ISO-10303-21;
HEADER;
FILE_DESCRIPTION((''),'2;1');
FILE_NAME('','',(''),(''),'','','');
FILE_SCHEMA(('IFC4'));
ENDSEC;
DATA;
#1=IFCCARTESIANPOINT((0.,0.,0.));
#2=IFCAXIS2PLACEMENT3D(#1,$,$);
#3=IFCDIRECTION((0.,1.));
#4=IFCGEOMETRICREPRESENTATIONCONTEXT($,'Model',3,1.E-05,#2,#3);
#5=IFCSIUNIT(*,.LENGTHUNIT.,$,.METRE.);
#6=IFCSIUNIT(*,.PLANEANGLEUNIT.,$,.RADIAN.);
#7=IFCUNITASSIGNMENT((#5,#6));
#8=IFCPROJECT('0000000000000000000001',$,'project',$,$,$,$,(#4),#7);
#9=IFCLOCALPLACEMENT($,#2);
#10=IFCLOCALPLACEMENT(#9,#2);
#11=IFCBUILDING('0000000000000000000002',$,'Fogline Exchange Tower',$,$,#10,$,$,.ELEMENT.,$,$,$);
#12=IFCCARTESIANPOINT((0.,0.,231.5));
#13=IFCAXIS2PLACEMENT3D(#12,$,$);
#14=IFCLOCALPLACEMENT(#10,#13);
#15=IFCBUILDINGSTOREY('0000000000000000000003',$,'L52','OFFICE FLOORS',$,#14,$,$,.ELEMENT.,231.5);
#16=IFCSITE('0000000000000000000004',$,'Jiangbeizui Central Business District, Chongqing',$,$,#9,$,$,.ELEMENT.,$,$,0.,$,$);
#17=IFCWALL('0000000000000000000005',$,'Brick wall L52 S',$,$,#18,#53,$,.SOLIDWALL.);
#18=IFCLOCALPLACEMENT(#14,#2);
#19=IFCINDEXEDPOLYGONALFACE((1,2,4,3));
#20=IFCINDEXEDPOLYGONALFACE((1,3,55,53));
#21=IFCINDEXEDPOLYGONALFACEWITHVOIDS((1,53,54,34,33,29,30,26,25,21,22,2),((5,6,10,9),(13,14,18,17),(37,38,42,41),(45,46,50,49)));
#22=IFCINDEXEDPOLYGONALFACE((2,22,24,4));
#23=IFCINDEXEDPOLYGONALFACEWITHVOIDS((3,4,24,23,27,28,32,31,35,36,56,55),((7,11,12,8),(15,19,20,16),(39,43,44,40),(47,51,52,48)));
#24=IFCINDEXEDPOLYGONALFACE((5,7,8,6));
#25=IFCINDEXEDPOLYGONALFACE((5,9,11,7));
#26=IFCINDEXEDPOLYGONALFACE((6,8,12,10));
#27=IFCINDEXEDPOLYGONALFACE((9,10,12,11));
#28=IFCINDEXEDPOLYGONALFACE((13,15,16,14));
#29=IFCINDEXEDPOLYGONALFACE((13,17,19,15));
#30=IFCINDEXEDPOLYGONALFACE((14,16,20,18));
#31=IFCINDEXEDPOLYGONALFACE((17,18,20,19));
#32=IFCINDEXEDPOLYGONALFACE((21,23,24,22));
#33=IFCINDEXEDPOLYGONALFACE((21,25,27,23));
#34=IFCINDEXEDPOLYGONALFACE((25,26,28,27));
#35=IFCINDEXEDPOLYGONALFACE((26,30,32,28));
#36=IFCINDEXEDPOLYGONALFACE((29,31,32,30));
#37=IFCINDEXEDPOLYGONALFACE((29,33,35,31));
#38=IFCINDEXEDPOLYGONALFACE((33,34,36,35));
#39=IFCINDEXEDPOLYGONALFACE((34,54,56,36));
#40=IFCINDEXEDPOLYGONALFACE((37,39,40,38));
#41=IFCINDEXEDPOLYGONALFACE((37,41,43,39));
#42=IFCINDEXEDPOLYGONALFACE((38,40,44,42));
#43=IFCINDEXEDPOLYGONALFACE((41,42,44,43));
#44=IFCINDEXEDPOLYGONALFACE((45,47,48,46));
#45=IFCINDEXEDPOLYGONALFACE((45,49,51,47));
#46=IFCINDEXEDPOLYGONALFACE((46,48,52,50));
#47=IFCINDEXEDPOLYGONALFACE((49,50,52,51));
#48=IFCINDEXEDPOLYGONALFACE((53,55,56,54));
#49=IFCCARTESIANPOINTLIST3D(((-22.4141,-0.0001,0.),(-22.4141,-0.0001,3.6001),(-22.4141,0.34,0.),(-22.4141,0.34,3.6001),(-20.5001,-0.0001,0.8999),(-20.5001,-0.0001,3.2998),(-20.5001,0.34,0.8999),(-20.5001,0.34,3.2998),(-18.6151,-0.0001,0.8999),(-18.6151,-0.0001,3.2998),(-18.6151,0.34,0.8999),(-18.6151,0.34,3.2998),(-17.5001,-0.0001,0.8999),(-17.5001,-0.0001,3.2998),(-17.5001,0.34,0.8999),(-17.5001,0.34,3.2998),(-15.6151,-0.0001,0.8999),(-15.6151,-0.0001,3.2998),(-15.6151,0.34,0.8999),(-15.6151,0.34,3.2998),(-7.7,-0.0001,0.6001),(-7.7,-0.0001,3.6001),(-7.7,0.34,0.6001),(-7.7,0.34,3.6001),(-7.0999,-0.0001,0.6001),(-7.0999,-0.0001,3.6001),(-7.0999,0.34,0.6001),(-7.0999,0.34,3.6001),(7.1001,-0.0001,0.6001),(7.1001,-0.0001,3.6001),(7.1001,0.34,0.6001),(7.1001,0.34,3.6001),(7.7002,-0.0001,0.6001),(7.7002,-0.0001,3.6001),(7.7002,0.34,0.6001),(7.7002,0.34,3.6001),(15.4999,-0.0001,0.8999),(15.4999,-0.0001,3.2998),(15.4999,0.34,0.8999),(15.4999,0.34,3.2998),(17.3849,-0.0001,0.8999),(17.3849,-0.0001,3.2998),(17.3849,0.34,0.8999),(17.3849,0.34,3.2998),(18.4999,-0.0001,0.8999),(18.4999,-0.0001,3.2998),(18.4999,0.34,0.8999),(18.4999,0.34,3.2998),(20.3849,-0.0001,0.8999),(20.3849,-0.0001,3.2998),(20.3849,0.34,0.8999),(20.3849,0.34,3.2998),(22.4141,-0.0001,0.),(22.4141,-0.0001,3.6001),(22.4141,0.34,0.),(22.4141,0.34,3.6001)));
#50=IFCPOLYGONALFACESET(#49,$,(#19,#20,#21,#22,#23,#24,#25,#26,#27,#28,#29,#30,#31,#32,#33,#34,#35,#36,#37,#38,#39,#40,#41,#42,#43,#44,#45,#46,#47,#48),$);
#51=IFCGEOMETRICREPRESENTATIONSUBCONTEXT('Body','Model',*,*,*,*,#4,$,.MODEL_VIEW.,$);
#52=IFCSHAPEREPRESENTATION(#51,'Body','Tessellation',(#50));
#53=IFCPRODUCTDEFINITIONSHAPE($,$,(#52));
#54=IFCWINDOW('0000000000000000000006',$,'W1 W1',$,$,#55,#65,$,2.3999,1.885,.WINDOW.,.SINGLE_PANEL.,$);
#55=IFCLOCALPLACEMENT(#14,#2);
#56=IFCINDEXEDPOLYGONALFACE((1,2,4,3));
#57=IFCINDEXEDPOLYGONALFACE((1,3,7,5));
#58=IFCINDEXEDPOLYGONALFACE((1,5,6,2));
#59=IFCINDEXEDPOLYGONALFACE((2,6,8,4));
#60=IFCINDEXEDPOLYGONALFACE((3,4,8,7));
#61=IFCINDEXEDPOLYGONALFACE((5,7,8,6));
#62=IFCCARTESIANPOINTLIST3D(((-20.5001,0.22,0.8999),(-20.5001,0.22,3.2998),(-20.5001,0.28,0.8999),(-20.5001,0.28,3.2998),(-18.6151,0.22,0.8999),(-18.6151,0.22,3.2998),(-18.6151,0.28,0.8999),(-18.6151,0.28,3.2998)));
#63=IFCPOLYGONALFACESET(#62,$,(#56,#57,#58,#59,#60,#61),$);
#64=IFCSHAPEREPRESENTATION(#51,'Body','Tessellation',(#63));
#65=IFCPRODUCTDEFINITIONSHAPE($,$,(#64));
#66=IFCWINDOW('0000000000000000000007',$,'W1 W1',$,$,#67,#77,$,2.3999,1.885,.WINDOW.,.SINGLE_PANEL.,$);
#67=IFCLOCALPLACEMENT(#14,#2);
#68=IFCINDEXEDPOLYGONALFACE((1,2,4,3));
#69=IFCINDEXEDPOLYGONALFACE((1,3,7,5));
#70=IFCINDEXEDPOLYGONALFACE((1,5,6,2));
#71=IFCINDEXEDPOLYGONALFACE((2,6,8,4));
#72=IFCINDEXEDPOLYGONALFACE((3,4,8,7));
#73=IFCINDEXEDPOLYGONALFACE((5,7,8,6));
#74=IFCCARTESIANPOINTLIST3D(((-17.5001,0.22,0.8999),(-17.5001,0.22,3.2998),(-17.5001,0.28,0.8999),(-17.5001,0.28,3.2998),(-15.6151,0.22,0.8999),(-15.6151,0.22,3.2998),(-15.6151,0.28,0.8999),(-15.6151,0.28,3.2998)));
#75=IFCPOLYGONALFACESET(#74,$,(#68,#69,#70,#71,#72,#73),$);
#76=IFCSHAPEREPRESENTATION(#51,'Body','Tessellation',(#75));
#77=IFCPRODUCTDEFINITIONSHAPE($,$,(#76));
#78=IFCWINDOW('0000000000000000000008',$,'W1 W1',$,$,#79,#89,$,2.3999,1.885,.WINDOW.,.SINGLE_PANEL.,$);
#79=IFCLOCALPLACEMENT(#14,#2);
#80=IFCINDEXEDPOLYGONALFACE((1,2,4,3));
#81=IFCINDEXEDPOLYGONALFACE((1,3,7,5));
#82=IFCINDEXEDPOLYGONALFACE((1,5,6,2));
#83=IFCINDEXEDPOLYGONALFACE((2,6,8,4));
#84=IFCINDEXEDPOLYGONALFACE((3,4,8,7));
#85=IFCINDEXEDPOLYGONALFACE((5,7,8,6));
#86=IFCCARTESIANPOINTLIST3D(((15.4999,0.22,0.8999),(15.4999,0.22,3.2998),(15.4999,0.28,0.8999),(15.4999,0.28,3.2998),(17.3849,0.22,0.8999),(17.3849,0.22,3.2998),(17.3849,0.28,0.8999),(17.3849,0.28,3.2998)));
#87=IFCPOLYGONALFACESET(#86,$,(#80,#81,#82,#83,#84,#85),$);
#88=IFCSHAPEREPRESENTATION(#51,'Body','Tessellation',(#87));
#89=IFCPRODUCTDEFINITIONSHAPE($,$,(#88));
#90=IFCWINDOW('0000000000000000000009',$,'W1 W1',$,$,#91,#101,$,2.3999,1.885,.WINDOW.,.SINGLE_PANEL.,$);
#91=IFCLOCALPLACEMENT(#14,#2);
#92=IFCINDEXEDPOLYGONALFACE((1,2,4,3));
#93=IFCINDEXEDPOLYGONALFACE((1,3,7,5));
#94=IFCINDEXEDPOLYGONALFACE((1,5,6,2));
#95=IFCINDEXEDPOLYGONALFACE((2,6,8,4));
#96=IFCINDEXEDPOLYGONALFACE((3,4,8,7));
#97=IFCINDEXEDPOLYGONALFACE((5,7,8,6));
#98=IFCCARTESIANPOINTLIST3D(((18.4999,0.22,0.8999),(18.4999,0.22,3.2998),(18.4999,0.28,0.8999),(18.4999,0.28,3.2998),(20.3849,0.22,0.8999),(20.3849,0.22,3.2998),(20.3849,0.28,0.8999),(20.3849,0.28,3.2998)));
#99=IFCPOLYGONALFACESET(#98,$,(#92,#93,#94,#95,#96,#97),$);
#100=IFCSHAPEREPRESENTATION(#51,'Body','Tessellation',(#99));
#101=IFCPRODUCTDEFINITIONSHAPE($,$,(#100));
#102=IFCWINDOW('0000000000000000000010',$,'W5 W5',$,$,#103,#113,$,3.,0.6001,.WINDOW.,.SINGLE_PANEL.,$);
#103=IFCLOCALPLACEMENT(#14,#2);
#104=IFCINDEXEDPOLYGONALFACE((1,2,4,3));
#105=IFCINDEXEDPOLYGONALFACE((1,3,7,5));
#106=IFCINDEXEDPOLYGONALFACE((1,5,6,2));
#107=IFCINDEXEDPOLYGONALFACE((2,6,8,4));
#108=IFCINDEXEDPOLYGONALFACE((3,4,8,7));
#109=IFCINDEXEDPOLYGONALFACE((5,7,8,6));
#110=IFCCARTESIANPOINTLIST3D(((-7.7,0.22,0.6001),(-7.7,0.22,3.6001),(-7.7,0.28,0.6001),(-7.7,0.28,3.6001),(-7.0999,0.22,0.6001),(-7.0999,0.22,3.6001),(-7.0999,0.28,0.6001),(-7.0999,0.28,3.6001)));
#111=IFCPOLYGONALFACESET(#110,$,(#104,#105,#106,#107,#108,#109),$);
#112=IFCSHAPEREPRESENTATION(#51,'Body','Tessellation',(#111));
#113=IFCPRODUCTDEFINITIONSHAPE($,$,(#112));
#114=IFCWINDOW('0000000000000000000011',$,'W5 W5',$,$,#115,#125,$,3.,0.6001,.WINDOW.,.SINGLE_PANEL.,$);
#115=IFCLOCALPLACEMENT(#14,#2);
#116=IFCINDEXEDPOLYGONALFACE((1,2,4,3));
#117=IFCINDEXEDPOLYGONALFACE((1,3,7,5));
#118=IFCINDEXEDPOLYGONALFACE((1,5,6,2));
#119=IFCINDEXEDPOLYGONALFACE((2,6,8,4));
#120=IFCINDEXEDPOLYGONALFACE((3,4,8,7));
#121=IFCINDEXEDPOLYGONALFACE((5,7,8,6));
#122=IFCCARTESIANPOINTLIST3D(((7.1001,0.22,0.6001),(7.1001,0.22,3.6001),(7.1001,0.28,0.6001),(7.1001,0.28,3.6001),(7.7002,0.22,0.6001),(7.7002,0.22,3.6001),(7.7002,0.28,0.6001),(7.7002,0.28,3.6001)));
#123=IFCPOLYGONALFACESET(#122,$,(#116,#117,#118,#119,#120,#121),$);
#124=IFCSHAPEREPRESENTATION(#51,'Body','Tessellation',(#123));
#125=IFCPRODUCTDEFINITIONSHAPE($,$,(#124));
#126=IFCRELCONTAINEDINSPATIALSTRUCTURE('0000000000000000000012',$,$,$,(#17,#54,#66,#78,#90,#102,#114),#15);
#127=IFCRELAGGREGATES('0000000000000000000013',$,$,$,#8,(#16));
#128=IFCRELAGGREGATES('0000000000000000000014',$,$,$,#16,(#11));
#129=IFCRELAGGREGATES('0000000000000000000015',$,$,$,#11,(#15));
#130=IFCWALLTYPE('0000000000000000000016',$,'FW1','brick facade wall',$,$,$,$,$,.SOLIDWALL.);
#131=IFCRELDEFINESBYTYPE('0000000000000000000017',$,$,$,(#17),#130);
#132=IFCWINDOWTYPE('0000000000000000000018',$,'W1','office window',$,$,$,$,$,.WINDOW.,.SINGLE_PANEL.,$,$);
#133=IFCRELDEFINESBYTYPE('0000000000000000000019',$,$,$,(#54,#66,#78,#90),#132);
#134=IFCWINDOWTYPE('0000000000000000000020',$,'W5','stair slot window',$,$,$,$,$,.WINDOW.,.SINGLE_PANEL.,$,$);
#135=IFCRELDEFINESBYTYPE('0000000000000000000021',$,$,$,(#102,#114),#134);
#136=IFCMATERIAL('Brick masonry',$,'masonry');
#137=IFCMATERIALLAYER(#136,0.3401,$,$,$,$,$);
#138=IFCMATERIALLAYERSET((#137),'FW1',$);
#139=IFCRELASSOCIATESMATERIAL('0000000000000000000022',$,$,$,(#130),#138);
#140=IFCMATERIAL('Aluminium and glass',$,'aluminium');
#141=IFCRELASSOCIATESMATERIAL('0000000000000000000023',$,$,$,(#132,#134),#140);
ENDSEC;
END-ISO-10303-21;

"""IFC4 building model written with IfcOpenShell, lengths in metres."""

from ifc_helpers import new_model, si_unit, direction, frame, frame_2d, origin, place, context, subcontext, project, spatial, rectangle, extrude, material, layer, layer_set, type_object, element, fill, save


model = new_model("IFC4")

# Units and contexts
model_context = context("Model", 3, precision=1e-05, world=origin(), true_north=direction((0.0, 1.0)))
body_context = subcontext(model_context, "Body", "Model", "MODEL_VIEW")
ifc_project = project(units=[si_unit("LENGTHUNIT", "METRE"), si_unit("PLANEANGLEUNIT", "RADIAN")], contexts=[model_context])

# Site, building, storey
site_placement = place(None, origin())
site = spatial("IfcSite", under=ifc_project, at=site_placement, Name="Jiangbeizui Central Business District, Chongqing", CompositionType="ELEMENT", RefElevation=0.0)
building_placement = place(site_placement, origin())
building = spatial("IfcBuilding", under=site, at=building_placement, Name="Fogline Exchange Tower", CompositionType="ELEMENT")
storey_placement = place(building_placement, frame((0.0, 0.0, 231.5)))
storey = spatial("IfcBuildingStorey", under=building, at=storey_placement, Name="L52", Description="OFFICE FLOORS", CompositionType="ELEMENT", Elevation=231.5)

# Shared definitions
ifc_material_1 = material(Name="Brick masonry", Category="masonry")
ifc_layer = layer(ifc_material_1, 0.3401)
ifc_layer_set = layer_set([ifc_layer], Name="FW1")
wall_type = type_object("IfcWallType", Name="FW1", Description="brick facade wall", PredefinedType="SOLIDWALL", material=ifc_layer_set)
ifc_material_2 = material(Name="Aluminium and glass", Category="aluminium")

# Wall, openings, windows
wall_1_placement = place(storey_placement, frame((-22.4141, 0.1699, 0.0), z_axis=(0.0, 0.0, 1.0), x_axis=(1.0, 0.0, 0.0)))
wall_1 = element("IfcWall", 1, at=wall_1_placement, inside=storey, type_object=wall_type, Name="Brick wall L52 S", PredefinedType="SOLIDWALL", context=body_context, shape_type="SweptSolid", body=[
    extrude(rectangle(XDim=44.8281, YDim=0.3401, at=frame_2d((22.4141, 0.0))), origin(), (0.0, 0.0, 1.0), 3.6001),
])
opening_1_placement = place(wall_1_placement, frame((1.9141, 0.0, 0.8999)))
opening_1 = element("IfcOpeningElement", 2, at=opening_1_placement, cuts=wall_1, PredefinedType="OPENING", context=body_context, shape_type="SweptSolid", body=[
    extrude(rectangle(XDim=1.885, YDim=2.3999, at=frame_2d((0.9424, 1.2))), frame((0.0, 0.1802, 0.0), z_axis=(0.0, -1.0, 0.0), x_axis=(1.0, 0.0, 0.0)), (0.0, 0.0, 1.0), 0.3601),
])
opening_2_placement = place(wall_1_placement, frame((4.9141, 0.0, 0.8999)))
opening_2 = element("IfcOpeningElement", 3, at=opening_2_placement, cuts=wall_1, PredefinedType="OPENING", context=body_context, shape_type="SweptSolid", body=[
    extrude(rectangle(XDim=1.885, YDim=2.3999, at=frame_2d((0.9424, 1.2))), frame((0.0, 0.1802, 0.0), z_axis=(0.0, -1.0, 0.0), x_axis=(1.0, 0.0, 0.0)), (0.0, 0.0, 1.0), 0.3601),
])
opening_3_placement = place(wall_1_placement, frame((37.9141, 0.0, 0.8999)))
opening_3 = element("IfcOpeningElement", 4, at=opening_3_placement, cuts=wall_1, PredefinedType="OPENING", context=body_context, shape_type="SweptSolid", body=[
    extrude(rectangle(XDim=1.885, YDim=2.3999, at=frame_2d((0.9424, 1.2))), frame((0.0, 0.1802, 0.0), z_axis=(0.0, -1.0, 0.0), x_axis=(1.0, 0.0, 0.0)), (0.0, 0.0, 1.0), 0.3601),
])
opening_4_placement = place(wall_1_placement, frame((40.9141, 0.0, 0.8999)))
opening_4 = element("IfcOpeningElement", 5, at=opening_4_placement, cuts=wall_1, PredefinedType="OPENING", context=body_context, shape_type="SweptSolid", body=[
    extrude(rectangle(XDim=1.885, YDim=2.3999, at=frame_2d((0.9424, 1.2))), frame((0.0, 0.1802, 0.0), z_axis=(0.0, -1.0, 0.0), x_axis=(1.0, 0.0, 0.0)), (0.0, 0.0, 1.0), 0.3601),
])
opening_5_placement = place(wall_1_placement, frame((14.7141, 0.0, 0.6001)))
opening_5 = element("IfcOpeningElement", 6, at=opening_5_placement, cuts=wall_1, PredefinedType="OPENING", context=body_context, shape_type="SweptSolid", body=[
    extrude(rectangle(XDim=0.6001, YDim=3.0, at=frame_2d((0.3, 1.5))), frame((0.0, 0.1802, 0.0), z_axis=(0.0, -1.0, 0.0), x_axis=(1.0, 0.0, 0.0)), (0.0, 0.0, 1.0), 0.3601),
])
opening_6_placement = place(wall_1_placement, frame((29.5142, 0.0, 0.6001)))
opening_6 = element("IfcOpeningElement", 7, at=opening_6_placement, cuts=wall_1, PredefinedType="OPENING", context=body_context, shape_type="SweptSolid", body=[
    extrude(rectangle(XDim=0.6001, YDim=3.0, at=frame_2d((0.3, 1.5))), frame((0.0, 0.1802, 0.0), z_axis=(0.0, -1.0, 0.0), x_axis=(1.0, 0.0, 0.0)), (0.0, 0.0, 1.0), 0.3601),
])
window_type_1 = type_object("IfcWindowType", Name="W1", Description="office window", PartitioningType="SINGLE_PANEL", PredefinedType="WINDOW", material=ifc_material_2)
window_1_placement = place(opening_1_placement, origin())
window_1 = element("IfcWindow", 8, at=window_1_placement, inside=storey, type_object=window_type_1, Name="W1 W1", OverallHeight=2.3999, OverallWidth=1.885, PartitioningType="SINGLE_PANEL", PredefinedType="WINDOW", context=body_context, shape_type="SweptSolid", body=[
    extrude(rectangle(XDim=1.885, YDim=2.3999, at=frame_2d((0.9424, 1.2))), frame((0.0, 0.1101, 0.0), z_axis=(0.0, -1.0, 0.0), x_axis=(1.0, 0.0, 0.0)), (0.0, 0.0, 1.0), 0.0601),
])
fill(opening_1, window_1)
window_2_placement = place(opening_2_placement, origin())
window_2 = element("IfcWindow", 9, at=window_2_placement, inside=storey, type_object=window_type_1, Name="W1 W1", OverallHeight=2.3999, OverallWidth=1.885, PartitioningType="SINGLE_PANEL", PredefinedType="WINDOW", context=body_context, shape_type="SweptSolid", body=[
    extrude(rectangle(XDim=1.885, YDim=2.3999, at=frame_2d((0.9424, 1.2))), frame((0.0, 0.1101, 0.0), z_axis=(0.0, -1.0, 0.0), x_axis=(1.0, 0.0, 0.0)), (0.0, 0.0, 1.0), 0.0601),
])
fill(opening_2, window_2)
window_3_placement = place(opening_3_placement, origin())
window_3 = element("IfcWindow", 10, at=window_3_placement, inside=storey, type_object=window_type_1, Name="W1 W1", OverallHeight=2.3999, OverallWidth=1.885, PartitioningType="SINGLE_PANEL", PredefinedType="WINDOW", context=body_context, shape_type="SweptSolid", body=[
    extrude(rectangle(XDim=1.885, YDim=2.3999, at=frame_2d((0.9424, 1.2))), frame((0.0, 0.1101, 0.0), z_axis=(0.0, -1.0, 0.0), x_axis=(1.0, 0.0, 0.0)), (0.0, 0.0, 1.0), 0.0601),
])
fill(opening_3, window_3)
window_4_placement = place(opening_4_placement, origin())
window_4 = element("IfcWindow", 11, at=window_4_placement, inside=storey, type_object=window_type_1, Name="W1 W1", OverallHeight=2.3999, OverallWidth=1.885, PartitioningType="SINGLE_PANEL", PredefinedType="WINDOW", context=body_context, shape_type="SweptSolid", body=[
    extrude(rectangle(XDim=1.885, YDim=2.3999, at=frame_2d((0.9424, 1.2))), frame((0.0, 0.1101, 0.0), z_axis=(0.0, -1.0, 0.0), x_axis=(1.0, 0.0, 0.0)), (0.0, 0.0, 1.0), 0.0601),
])
fill(opening_4, window_4)
window_type_2 = type_object("IfcWindowType", Name="W5", Description="stair slot window", PartitioningType="SINGLE_PANEL", PredefinedType="WINDOW", material=ifc_material_2)
window_5_placement = place(opening_5_placement, origin())
window_5 = element("IfcWindow", 12, at=window_5_placement, inside=storey, type_object=window_type_2, Name="W5 W5", OverallHeight=3.0, OverallWidth=0.6001, PartitioningType="SINGLE_PANEL", PredefinedType="WINDOW", context=body_context, shape_type="SweptSolid", body=[
    extrude(rectangle(XDim=0.6001, YDim=3.0, at=frame_2d((0.3, 1.5))), frame((0.0, 0.1101, 0.0), z_axis=(0.0, -1.0, 0.0), x_axis=(1.0, 0.0, 0.0)), (0.0, 0.0, 1.0), 0.0601),
])
fill(opening_5, window_5)
window_6_placement = place(opening_6_placement, origin())
window_6 = element("IfcWindow", 13, at=window_6_placement, inside=storey, type_object=window_type_2, Name="W5 W5", OverallHeight=3.0, OverallWidth=0.6001, PartitioningType="SINGLE_PANEL", PredefinedType="WINDOW", context=body_context, shape_type="SweptSolid", body=[
    extrude(rectangle(XDim=0.6001, YDim=3.0, at=frame_2d((0.3, 1.5))), frame((0.0, 0.1101, 0.0), z_axis=(0.0, -1.0, 0.0), x_axis=(1.0, 0.0, 0.0)), (0.0, 0.0, 1.0), 0.0601),
])
fill(opening_6, window_6)

save(model, "model.ifc")
